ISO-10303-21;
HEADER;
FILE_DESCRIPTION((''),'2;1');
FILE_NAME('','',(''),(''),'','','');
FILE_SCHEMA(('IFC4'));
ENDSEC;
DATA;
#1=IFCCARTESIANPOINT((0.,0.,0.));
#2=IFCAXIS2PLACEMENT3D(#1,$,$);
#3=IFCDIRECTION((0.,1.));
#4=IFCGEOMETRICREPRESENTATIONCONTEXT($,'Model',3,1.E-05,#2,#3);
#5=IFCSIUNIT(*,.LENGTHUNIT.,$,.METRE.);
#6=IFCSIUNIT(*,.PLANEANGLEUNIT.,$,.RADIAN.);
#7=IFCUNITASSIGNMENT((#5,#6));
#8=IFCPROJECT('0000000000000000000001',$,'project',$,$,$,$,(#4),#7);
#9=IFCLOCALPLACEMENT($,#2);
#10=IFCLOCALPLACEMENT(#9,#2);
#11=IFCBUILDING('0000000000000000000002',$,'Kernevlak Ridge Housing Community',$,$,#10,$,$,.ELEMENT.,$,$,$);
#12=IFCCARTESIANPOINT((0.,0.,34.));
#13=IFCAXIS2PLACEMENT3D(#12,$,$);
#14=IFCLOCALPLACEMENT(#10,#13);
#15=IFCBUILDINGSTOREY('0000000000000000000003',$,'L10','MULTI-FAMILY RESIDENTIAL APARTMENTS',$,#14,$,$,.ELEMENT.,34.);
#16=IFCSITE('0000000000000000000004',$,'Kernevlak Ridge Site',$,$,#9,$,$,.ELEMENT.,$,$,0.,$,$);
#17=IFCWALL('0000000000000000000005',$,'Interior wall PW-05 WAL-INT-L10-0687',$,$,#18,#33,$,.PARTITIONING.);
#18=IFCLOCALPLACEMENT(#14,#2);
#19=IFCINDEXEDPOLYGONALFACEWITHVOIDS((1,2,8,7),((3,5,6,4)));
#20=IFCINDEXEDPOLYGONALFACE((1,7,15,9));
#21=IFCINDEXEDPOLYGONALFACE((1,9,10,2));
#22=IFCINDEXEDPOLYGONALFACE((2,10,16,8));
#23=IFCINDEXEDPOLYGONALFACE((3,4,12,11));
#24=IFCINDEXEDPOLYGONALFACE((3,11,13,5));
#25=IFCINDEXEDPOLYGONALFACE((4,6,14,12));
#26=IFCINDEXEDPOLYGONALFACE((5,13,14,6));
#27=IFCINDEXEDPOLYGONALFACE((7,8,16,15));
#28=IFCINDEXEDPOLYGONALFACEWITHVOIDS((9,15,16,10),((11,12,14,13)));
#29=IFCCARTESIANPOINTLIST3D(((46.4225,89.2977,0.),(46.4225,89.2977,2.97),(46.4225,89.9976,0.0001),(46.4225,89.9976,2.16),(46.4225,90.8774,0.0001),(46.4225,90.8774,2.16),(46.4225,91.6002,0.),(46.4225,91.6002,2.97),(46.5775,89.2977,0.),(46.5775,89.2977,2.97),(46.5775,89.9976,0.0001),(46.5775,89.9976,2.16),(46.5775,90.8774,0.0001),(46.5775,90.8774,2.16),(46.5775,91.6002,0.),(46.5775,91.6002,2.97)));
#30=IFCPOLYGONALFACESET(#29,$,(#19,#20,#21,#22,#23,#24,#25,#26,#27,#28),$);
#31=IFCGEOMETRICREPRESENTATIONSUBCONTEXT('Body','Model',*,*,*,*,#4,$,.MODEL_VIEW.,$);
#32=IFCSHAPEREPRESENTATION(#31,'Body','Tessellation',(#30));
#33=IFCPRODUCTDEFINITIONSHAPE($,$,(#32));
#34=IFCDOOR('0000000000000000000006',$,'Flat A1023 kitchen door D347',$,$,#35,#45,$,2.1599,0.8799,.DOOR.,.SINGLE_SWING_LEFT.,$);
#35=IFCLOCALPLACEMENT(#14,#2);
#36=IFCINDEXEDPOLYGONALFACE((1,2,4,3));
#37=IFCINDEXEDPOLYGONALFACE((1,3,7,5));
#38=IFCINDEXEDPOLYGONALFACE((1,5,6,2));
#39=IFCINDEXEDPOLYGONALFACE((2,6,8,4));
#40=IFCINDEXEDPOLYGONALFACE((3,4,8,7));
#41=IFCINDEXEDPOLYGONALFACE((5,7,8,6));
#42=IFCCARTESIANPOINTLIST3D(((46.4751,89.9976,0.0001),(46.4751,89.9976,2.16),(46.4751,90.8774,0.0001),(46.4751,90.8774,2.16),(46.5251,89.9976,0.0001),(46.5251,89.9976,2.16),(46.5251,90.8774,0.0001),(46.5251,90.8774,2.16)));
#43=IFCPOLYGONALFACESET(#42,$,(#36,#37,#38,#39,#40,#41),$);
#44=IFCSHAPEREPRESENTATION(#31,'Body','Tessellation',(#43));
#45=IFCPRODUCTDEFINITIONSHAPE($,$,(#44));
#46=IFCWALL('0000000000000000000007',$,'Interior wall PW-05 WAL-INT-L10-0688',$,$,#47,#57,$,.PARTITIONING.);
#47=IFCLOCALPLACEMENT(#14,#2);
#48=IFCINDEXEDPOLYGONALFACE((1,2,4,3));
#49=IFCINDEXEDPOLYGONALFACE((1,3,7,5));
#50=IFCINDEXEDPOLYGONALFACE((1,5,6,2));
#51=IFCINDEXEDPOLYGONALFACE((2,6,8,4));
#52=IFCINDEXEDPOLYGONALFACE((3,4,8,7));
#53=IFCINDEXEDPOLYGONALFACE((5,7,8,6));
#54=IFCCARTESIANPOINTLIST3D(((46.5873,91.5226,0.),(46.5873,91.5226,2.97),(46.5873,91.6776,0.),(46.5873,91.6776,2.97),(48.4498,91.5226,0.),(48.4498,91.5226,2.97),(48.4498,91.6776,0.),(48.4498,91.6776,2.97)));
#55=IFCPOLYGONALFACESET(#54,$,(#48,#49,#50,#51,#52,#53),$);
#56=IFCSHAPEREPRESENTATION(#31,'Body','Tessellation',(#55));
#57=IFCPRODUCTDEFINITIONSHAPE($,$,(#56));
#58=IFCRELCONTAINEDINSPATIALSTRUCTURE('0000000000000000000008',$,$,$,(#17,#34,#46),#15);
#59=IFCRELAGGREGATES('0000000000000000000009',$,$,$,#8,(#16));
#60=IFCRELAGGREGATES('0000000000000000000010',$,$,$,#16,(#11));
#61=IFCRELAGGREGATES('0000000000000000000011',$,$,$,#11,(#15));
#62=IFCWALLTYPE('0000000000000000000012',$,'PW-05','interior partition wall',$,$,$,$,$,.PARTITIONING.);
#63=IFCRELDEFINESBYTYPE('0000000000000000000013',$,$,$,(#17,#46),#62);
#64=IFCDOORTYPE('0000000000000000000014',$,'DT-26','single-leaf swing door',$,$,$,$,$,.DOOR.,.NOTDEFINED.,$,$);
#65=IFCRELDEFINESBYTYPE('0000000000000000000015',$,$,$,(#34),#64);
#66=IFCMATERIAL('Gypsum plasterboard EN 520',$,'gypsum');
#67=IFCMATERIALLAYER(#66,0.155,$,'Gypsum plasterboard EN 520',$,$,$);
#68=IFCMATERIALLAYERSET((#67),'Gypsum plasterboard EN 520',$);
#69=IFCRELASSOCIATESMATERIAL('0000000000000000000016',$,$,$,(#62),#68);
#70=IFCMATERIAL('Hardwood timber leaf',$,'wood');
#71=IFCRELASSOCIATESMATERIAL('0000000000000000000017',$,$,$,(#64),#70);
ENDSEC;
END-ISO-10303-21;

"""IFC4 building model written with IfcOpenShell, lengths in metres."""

from ifc_helpers import new_model, si_unit, direction, frame, frame_2d, origin, place, context, subcontext, project, spatial, rectangle, extrude, material, layer, layer_set, type_object, element, fill, save


model = new_model("IFC4")

# Units and contexts
model_context = context("Model", 3, precision=1e-05, world=origin(), true_north=direction((0.0, 1.0)))
body_context = subcontext(model_context, "Body", "Model", "MODEL_VIEW")
ifc_project = project(units=[si_unit("LENGTHUNIT", "METRE"), si_unit("PLANEANGLEUNIT", "RADIAN")], contexts=[model_context])

# Site, building, storey
site_placement = place(None, origin())
site = spatial("IfcSite", under=ifc_project, at=site_placement, Name="Kernevlak Ridge Site", CompositionType="ELEMENT", RefElevation=0.0)
building_placement = place(site_placement, origin())
building = spatial("IfcBuilding", under=site, at=building_placement, Name="Kernevlak Ridge Housing Community", CompositionType="ELEMENT")
storey_placement = place(building_placement, frame((0.0, 0.0, 34.0)))
storey = spatial("IfcBuildingStorey", under=building, at=storey_placement, Name="L10", Description="MULTI-FAMILY RESIDENTIAL APARTMENTS", CompositionType="ELEMENT", Elevation=34.0)

# Shared definitions
ifc_material_1 = material(Name="Hardwood timber leaf", Category="wood")

# Wall, opening, door
ifc_material_2 = material(Name="Gypsum plasterboard EN 520", Category="gypsum")
ifc_layer_1 = layer(ifc_material_2, 0.155, Name="Gypsum plasterboard EN 520")
ifc_layer_set_1 = layer_set([ifc_layer_1], Name="Gypsum plasterboard EN 520")
wall_type_1 = type_object("IfcWallType", Name="PW-05", Description="interior partition wall", PredefinedType="PARTITIONING", material=ifc_layer_set_1)
wall_1_placement = place(storey_placement, frame((46.5, 89.2976, 0.0), z_axis=(0.0, 0.0, 1.0), x_axis=(0.0, 1.0, 0.0)))
wall_1 = element("IfcWall", 1, at=wall_1_placement, inside=storey, type_object=wall_type_1, Name="Interior wall PW-05 WAL-INT-L10-0687", PredefinedType="PARTITIONING", context=body_context, shape_type="SweptSolid", body=[
    extrude(rectangle(XDim=2.3025, YDim=0.155, at=frame_2d((1.1514, 0.0))), origin(), (0.0, 0.0, 1.0), 2.97),
])
opening_1_placement = place(wall_1_placement, frame((0.7, 0.0, 0.0)))
opening_1 = element("IfcOpeningElement", 2, at=opening_1_placement, cuts=wall_1, PredefinedType="OPENING", context=body_context, shape_type="SweptSolid", body=[
    extrude(rectangle(XDim=0.8799, YDim=2.1599, at=frame_2d((0.4399, 1.0801))), frame((0.0, 0.0874, 0.0), z_axis=(0.0, -1.0, 0.0), x_axis=(1.0, 0.0, 0.0)), (0.0, 0.0, 1.0), 0.175),
])
door_type_1 = type_object("IfcDoorType", Name="DT-26", Description="single-leaf swing door", OperationType="NOTDEFINED", PredefinedType="DOOR", material=ifc_material_1)
door_1_placement = place(opening_1_placement, origin())
door_1 = element("IfcDoor", 3, at=door_1_placement, inside=storey, type_object=door_type_1, Name="Flat A1023 kitchen door D347", OperationType="SINGLE_SWING_LEFT", OverallHeight=2.1599, OverallWidth=0.8799, PredefinedType="DOOR", context=body_context, shape_type="SweptSolid", body=[
    extrude(rectangle(XDim=0.8799, YDim=2.1599, at=frame_2d((0.4399, 1.0801))), frame((0.0, 0.0249, 0.0), z_axis=(0.0, -1.0, 0.0), x_axis=(1.0, 0.0, 0.0)), (0.0, 0.0, 1.0), 0.05),
])
fill(opening_1, door_1)

# Wall
wall_2_placement = place(storey_placement, frame((46.5874, 91.6001, 0.0), z_axis=(0.0, 0.0, 1.0), x_axis=(1.0, 0.0, 0.0)))
element("IfcWall", 4, at=wall_2_placement, inside=storey, type_object=wall_type_1, Name="Interior wall PW-05 WAL-INT-L10-0688", PredefinedType="PARTITIONING", context=body_context, shape_type="SweptSolid", body=[
    extrude(rectangle(XDim=1.8625, YDim=0.155, at=frame_2d((0.9312, 0.0))), origin(), (0.0, 0.0, 1.0), 2.97),
])

save(model, "model.ifc")
